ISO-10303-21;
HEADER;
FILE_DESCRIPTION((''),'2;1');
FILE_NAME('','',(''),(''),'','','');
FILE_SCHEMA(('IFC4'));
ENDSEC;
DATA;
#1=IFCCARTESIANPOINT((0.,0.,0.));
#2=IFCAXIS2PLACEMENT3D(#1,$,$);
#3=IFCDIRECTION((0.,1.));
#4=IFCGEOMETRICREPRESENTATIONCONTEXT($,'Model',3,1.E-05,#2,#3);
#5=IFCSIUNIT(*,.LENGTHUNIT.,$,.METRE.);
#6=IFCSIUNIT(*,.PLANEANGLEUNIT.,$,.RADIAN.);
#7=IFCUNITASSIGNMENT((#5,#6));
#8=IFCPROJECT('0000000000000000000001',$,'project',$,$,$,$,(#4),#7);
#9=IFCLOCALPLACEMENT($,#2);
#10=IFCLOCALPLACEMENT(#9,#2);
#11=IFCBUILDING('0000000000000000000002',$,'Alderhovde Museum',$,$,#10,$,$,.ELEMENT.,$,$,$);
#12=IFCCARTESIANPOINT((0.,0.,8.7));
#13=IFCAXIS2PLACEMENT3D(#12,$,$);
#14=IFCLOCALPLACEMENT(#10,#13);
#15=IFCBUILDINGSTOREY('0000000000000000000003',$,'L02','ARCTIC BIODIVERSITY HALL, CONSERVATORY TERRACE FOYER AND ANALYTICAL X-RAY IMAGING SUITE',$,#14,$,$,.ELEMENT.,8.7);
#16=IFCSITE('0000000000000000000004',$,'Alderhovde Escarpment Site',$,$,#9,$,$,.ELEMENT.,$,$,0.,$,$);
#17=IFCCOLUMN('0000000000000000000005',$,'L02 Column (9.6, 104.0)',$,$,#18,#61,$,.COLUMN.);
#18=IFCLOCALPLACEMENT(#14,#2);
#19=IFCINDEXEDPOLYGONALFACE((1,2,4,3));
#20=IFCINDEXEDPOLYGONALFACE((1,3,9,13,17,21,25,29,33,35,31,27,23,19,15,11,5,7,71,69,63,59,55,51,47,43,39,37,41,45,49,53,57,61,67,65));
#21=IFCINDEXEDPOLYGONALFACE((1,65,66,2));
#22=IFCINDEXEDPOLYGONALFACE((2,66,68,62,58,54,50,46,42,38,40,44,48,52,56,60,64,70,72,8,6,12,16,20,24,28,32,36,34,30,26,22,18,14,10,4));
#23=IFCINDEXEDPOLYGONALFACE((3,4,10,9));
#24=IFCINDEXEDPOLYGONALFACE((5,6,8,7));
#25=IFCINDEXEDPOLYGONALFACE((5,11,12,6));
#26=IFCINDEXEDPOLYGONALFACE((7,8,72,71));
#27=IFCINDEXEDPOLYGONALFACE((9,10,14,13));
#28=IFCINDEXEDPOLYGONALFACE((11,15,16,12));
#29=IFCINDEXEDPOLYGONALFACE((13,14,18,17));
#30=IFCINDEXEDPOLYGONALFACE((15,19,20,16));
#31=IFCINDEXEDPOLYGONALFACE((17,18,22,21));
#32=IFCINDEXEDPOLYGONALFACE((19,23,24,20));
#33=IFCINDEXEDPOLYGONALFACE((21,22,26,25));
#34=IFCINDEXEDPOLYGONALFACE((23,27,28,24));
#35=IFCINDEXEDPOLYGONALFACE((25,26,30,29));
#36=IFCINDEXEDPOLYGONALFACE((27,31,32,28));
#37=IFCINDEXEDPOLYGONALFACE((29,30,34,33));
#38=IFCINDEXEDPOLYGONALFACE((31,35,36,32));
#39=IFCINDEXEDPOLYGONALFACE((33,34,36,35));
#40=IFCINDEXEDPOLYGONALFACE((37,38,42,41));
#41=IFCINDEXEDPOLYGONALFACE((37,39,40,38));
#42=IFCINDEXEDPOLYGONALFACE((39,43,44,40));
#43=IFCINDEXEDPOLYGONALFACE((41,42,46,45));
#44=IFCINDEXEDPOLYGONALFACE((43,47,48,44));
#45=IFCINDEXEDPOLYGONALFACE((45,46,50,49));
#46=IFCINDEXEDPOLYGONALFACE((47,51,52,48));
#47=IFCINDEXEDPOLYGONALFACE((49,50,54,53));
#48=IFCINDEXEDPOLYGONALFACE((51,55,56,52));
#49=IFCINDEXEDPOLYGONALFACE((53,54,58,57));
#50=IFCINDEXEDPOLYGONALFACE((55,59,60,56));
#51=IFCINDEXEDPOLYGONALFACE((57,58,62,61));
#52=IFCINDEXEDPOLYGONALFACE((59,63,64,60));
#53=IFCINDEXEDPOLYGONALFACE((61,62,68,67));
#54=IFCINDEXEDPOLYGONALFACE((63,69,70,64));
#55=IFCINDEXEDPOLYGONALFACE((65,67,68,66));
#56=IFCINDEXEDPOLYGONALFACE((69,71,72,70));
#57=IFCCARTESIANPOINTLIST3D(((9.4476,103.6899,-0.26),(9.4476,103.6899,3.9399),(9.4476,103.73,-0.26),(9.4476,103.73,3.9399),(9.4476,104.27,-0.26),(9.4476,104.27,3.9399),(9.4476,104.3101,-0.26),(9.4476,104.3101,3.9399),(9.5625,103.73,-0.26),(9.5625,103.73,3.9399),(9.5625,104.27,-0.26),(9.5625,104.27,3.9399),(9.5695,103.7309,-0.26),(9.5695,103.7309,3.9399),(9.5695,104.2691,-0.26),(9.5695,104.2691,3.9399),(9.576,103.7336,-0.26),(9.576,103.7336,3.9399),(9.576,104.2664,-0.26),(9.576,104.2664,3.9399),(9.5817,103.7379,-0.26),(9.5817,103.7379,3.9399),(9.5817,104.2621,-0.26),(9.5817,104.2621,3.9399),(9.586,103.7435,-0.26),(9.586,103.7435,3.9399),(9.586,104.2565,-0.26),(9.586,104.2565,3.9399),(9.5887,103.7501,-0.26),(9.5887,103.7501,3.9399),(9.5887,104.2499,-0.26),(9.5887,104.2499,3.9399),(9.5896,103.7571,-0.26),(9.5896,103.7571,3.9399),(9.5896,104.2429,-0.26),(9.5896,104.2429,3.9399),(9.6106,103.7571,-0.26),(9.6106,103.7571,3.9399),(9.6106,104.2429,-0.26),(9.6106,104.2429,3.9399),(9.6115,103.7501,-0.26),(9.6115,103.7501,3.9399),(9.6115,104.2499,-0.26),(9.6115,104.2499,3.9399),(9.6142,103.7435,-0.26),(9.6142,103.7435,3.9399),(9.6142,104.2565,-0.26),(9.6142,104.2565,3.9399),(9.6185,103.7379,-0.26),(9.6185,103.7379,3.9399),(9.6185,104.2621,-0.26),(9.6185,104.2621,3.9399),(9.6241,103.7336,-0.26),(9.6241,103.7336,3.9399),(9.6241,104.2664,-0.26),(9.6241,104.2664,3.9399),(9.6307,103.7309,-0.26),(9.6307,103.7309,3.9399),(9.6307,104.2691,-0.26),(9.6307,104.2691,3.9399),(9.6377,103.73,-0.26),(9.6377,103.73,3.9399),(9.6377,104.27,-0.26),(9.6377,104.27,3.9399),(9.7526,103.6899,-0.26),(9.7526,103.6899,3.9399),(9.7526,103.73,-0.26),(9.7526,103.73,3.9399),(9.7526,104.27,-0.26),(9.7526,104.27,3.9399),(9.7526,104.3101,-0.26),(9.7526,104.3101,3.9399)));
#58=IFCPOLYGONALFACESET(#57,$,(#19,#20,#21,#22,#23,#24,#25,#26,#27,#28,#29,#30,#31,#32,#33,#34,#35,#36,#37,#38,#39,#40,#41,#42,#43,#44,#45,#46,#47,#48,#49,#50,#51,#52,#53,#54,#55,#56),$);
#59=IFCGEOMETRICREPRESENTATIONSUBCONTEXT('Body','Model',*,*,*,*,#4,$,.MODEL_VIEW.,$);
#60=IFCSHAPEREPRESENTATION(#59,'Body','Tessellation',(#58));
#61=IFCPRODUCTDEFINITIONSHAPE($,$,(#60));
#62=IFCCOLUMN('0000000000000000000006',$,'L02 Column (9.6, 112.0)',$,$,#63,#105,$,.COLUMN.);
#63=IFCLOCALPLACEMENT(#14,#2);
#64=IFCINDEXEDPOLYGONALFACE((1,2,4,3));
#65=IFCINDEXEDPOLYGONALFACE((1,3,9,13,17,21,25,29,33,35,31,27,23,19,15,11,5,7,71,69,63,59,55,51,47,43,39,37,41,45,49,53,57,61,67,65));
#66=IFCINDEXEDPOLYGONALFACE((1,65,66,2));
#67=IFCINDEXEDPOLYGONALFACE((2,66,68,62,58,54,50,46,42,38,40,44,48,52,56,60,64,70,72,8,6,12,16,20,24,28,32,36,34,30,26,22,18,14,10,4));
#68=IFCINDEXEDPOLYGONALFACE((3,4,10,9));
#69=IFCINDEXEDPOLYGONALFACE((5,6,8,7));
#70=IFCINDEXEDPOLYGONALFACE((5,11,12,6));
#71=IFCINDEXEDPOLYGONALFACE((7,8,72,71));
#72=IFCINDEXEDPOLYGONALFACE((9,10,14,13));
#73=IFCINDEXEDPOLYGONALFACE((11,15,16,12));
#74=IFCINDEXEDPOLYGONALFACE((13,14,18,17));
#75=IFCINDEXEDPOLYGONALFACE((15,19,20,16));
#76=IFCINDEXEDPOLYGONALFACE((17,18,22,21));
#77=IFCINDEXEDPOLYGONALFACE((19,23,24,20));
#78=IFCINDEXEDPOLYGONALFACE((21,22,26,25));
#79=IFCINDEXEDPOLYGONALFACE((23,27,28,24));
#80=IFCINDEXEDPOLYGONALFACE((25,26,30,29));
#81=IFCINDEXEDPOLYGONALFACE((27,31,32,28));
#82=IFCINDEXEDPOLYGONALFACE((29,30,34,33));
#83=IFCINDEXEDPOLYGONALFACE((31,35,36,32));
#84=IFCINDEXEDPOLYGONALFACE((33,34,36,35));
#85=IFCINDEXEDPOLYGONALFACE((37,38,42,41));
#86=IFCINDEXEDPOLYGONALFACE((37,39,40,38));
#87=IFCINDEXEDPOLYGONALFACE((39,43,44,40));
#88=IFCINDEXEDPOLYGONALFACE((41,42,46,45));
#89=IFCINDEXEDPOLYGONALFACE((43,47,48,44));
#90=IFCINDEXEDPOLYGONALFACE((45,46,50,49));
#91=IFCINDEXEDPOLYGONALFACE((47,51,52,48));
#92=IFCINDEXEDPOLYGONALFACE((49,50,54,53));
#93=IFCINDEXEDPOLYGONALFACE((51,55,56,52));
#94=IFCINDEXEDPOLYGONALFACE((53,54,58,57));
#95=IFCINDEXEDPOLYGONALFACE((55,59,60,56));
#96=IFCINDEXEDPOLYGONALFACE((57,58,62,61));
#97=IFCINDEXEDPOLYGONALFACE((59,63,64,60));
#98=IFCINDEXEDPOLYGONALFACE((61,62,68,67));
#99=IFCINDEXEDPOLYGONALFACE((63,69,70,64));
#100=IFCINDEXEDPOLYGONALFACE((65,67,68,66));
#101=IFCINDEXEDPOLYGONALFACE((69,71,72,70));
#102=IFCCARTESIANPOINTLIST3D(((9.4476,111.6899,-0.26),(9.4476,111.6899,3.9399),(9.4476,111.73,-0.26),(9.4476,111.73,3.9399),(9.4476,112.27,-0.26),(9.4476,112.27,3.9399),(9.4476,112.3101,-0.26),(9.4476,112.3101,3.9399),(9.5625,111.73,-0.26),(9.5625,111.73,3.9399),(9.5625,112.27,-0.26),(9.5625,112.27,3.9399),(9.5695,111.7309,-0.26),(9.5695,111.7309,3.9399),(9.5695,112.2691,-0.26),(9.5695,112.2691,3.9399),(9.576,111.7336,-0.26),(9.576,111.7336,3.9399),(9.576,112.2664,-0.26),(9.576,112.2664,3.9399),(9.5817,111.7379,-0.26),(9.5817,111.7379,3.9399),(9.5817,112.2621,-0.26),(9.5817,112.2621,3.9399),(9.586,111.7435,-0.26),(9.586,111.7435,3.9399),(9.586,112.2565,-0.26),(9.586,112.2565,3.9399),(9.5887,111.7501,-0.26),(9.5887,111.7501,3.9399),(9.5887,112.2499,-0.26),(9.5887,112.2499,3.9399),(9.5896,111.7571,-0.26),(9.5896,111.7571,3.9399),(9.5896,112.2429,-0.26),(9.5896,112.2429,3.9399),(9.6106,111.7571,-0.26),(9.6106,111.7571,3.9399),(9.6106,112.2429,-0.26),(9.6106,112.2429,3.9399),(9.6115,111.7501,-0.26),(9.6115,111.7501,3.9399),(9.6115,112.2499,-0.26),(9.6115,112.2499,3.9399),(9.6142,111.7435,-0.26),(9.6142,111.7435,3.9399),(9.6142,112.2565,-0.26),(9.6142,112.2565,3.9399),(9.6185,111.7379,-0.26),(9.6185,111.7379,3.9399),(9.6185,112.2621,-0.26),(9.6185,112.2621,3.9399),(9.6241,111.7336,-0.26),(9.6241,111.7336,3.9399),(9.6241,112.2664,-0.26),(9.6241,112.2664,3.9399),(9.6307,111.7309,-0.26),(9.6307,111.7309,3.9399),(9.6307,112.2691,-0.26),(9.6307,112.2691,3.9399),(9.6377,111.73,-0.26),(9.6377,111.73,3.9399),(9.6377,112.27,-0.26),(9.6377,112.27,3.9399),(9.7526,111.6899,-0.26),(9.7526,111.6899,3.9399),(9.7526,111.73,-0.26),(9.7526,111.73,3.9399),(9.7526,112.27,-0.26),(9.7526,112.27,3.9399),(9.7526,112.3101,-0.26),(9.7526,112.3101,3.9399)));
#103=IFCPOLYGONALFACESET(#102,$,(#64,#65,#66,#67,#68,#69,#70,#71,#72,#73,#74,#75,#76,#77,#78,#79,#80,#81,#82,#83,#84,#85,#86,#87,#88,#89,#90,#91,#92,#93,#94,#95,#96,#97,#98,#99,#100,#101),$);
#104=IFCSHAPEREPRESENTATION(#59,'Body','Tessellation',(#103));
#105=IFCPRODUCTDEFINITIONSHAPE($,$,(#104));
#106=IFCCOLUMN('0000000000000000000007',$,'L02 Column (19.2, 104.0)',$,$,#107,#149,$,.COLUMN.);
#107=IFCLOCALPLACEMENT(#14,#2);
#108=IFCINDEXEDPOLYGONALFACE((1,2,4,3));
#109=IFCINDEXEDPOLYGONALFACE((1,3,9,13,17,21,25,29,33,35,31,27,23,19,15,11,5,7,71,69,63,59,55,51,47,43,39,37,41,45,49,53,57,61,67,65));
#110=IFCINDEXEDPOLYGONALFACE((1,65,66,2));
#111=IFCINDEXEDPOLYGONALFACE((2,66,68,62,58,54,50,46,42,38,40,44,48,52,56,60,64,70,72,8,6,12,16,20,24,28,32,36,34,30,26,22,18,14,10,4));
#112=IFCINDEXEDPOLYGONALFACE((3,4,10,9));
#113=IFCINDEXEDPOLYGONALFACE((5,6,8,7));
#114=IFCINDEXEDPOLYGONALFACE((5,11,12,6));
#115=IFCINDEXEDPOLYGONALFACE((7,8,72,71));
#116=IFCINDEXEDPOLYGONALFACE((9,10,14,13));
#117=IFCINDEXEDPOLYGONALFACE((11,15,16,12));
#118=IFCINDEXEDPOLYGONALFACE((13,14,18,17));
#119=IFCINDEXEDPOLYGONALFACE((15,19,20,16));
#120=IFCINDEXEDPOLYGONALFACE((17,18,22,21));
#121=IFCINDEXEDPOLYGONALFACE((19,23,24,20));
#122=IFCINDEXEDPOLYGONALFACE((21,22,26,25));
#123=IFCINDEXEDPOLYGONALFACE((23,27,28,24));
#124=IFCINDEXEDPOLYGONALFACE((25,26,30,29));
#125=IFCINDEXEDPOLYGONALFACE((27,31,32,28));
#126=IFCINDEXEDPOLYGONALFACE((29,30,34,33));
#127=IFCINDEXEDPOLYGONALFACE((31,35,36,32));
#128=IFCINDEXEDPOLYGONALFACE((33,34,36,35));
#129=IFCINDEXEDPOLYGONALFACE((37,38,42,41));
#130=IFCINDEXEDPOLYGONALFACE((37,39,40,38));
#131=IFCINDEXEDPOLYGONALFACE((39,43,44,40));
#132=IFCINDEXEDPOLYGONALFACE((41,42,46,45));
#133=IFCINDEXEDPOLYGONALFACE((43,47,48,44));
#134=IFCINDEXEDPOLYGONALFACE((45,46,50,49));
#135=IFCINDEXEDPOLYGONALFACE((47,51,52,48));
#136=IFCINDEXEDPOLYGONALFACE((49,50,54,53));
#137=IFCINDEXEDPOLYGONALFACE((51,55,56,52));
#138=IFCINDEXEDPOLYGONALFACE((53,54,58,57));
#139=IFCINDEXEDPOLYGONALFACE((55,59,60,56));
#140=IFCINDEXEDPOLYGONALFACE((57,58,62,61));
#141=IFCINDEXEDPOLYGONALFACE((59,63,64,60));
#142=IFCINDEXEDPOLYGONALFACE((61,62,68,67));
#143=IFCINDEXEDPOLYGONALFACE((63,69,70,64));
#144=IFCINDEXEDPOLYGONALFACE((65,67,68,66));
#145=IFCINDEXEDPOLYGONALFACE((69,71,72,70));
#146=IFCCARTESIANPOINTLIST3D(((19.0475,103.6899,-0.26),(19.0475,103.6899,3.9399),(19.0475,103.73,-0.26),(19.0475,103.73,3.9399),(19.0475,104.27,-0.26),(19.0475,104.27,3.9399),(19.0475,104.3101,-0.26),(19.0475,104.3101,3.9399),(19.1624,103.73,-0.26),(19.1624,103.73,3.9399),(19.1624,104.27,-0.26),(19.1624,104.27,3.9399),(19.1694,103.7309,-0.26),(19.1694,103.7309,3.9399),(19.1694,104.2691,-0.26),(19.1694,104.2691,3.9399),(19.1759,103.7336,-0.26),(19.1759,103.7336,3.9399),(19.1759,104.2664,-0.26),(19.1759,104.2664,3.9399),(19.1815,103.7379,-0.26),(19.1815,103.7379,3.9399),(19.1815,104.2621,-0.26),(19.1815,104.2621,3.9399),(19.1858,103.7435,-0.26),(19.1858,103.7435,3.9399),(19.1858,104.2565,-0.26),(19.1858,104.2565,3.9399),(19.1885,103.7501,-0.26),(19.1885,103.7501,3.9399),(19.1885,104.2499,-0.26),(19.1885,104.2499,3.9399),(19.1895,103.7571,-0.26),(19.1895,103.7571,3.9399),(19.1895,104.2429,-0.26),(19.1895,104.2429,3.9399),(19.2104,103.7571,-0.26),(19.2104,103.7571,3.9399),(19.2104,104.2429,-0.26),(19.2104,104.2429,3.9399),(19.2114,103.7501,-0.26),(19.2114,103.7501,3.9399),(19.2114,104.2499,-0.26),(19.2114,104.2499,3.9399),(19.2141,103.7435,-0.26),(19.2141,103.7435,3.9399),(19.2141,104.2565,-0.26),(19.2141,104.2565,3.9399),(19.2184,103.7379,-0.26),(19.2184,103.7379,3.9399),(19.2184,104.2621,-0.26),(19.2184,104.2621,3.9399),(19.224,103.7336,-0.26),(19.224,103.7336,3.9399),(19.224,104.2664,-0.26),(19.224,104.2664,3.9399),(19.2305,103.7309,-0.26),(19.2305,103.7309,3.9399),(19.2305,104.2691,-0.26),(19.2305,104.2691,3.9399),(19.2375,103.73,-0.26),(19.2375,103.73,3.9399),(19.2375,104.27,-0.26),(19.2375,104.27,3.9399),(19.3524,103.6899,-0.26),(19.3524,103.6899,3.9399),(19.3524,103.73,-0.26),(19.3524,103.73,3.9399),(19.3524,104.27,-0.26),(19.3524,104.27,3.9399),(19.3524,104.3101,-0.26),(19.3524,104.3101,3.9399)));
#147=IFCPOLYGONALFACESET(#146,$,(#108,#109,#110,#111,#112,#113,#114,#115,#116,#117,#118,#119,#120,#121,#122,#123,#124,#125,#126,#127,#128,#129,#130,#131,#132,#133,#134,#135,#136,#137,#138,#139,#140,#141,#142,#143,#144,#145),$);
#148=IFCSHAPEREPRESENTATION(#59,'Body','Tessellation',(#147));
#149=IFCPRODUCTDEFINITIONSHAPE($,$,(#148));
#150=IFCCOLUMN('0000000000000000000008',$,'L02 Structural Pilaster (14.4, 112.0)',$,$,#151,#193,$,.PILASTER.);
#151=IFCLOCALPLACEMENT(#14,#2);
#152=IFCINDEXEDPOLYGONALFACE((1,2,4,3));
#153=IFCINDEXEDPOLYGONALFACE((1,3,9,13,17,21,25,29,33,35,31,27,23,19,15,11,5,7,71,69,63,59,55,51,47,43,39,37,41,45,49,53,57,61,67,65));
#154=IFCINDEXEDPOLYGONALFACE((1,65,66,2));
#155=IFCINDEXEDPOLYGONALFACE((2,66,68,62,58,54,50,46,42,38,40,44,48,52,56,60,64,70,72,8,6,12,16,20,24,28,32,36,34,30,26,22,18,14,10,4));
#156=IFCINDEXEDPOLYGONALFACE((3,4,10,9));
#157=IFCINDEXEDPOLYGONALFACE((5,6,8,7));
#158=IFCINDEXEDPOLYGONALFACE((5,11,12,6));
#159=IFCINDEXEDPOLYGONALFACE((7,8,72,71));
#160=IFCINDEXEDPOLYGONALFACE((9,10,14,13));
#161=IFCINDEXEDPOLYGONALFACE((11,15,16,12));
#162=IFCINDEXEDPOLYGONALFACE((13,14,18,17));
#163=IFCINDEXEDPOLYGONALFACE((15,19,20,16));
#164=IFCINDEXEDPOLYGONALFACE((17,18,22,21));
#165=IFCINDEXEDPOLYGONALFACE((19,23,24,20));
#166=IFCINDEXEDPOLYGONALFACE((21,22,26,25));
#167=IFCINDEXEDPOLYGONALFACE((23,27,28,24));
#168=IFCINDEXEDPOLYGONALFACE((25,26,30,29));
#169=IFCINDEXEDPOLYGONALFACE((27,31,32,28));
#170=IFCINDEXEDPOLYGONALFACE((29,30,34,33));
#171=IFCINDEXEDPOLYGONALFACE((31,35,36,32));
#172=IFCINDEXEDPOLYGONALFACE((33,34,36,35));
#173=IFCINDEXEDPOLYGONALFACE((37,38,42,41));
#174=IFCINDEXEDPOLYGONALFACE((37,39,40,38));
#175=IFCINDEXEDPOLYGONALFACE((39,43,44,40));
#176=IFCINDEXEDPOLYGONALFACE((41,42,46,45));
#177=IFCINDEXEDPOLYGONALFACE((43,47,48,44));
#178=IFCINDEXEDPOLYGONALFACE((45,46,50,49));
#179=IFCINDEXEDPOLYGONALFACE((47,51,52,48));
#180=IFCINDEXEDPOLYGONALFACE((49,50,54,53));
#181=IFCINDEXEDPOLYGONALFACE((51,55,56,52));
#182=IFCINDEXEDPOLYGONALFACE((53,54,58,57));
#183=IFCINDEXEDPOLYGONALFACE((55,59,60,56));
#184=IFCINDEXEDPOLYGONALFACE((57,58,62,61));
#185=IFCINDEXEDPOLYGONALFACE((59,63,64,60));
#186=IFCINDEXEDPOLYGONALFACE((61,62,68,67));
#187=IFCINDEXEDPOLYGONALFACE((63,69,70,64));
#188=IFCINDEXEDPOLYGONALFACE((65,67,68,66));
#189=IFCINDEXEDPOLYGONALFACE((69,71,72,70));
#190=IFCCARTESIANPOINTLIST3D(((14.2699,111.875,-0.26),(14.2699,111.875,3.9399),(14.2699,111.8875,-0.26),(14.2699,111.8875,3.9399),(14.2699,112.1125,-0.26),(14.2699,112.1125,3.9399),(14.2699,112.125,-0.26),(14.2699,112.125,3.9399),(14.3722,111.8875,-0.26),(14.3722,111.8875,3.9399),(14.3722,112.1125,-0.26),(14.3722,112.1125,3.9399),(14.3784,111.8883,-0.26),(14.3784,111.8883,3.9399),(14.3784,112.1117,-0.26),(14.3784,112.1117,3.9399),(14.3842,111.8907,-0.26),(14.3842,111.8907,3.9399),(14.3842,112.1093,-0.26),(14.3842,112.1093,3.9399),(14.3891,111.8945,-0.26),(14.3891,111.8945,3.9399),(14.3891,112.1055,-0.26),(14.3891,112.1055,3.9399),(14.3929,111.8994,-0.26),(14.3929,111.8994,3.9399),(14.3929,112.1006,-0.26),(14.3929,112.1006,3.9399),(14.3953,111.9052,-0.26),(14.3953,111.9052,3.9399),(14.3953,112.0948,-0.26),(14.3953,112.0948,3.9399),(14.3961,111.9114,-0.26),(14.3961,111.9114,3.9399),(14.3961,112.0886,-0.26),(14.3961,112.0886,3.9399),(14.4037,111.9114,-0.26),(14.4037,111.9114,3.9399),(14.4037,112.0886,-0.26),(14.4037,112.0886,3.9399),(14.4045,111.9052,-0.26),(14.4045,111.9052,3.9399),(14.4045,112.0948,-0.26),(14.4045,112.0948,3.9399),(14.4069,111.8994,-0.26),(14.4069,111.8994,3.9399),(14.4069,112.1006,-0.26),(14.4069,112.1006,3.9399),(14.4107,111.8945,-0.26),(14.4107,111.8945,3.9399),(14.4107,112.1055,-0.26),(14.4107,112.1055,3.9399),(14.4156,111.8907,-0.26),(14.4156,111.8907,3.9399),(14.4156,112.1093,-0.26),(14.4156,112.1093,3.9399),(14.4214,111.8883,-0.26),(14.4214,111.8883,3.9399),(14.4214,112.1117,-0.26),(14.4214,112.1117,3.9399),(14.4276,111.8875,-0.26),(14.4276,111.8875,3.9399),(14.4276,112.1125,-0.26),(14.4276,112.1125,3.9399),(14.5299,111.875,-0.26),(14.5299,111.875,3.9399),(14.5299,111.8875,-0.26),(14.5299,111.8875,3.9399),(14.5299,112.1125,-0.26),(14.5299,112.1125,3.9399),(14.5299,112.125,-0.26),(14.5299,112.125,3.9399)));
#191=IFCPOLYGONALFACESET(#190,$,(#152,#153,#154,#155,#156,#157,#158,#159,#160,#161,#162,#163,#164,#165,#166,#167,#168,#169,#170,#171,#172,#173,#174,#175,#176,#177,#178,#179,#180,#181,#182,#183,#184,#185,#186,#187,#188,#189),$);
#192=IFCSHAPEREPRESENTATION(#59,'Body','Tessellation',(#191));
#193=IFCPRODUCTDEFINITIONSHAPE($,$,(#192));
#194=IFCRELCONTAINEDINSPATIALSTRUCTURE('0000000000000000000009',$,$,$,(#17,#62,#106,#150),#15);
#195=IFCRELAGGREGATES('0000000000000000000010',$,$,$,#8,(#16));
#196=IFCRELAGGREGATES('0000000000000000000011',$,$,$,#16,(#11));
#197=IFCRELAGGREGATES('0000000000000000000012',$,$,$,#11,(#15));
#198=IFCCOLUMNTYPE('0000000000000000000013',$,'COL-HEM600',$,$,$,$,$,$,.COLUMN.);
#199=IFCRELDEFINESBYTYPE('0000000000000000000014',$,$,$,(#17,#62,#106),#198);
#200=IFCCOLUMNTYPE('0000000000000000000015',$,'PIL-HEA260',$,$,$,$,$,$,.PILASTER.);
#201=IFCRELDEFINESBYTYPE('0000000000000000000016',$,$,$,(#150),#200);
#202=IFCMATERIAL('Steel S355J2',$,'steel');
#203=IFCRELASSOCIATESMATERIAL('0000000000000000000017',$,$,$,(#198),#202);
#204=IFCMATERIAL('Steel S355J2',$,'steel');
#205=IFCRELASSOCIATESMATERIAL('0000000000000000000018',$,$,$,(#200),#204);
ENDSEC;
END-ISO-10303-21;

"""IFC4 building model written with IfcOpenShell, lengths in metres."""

from ifc_helpers import new_model, si_unit, direction, frame, origin, origin_2d, place, context, subcontext, project, spatial, i_section, extrude, material, material_profile, profile_set, type_object, element, save


model = new_model("IFC4")

# Units and contexts
model_context = context("Model", 3, precision=1e-05, world=origin(), true_north=direction((0.0, 1.0)))
body_context = subcontext(model_context, "Body", "Model", "MODEL_VIEW")
ifc_project = project(units=[si_unit("LENGTHUNIT", "METRE"), si_unit("PLANEANGLEUNIT", "RADIAN")], contexts=[model_context])

# Site, building, storey
site_placement = place(None, origin())
site = spatial("IfcSite", under=ifc_project, at=site_placement, Name="Alderhovde Escarpment Site", CompositionType="ELEMENT", RefElevation=0.0)
building_placement = place(site_placement, origin())
building = spatial("IfcBuilding", under=site, at=building_placement, Name="Alderhovde Museum", CompositionType="ELEMENT")
storey_placement = place(building_placement, frame((0.0, 0.0, 8.7)))
storey = spatial("IfcBuildingStorey", under=building, at=storey_placement, Name="L02", Description="ARCTIC BIODIVERSITY HALL, CONSERVATORY TERRACE FOYER AND ANALYTICAL X-RAY IMAGING SUITE", CompositionType="ELEMENT", Elevation=8.7)

# Columns
ifc_material_1 = material(Name="Steel S355J2", Category="steel")
ifc_material_profile_1 = material_profile(ifc_material_1, i_section(OverallWidth=0.3049, OverallDepth=0.6201, WebThickness=0.021, FlangeThickness=0.04, FilletRadius=0.0271, at=origin_2d()), Name="HEM 600")
ifc_profile_set_1 = profile_set([ifc_material_profile_1], Name="Steel S355J2")
column_type_1 = type_object("IfcColumnType", Name="COL-HEM600", PredefinedType="COLUMN", material=ifc_profile_set_1)
for number, where, z_axis, x_axis, name in (
    (1, (9.6001, 104.0, -0.26), (0.0, 0.0, 1.0), (1.0, 0.0, 0.0), "L02 Column (9.6, 104.0)"),
    (2, (9.6001, 112.0, -0.26), (0.0, 0.0, 1.0), (1.0, 0.0, 0.0), "L02 Column (9.6, 112.0)"),
    (3, (19.2, 104.0, -0.26), (0.0, 0.0, 1.0), (1.0, 0.0, 0.0), "L02 Column (19.2, 104.0)"),
):
    element("IfcColumn", number, at=place(storey_placement, frame(where, z_axis=z_axis, x_axis=x_axis)), inside=storey, type_object=column_type_1, Name=name, PredefinedType="COLUMN", context=body_context, shape_type="SweptSolid", body=[
        extrude(i_section(OverallWidth=0.3049, OverallDepth=0.6201, WebThickness=0.021, FlangeThickness=0.04, FilletRadius=0.0271, at=origin_2d()), origin(), (0.0, 0.0, 1.0), 4.2),
    ])
ifc_material_2 = material(Name="Steel S355J2", Category="steel")
ifc_material_profile_2 = material_profile(ifc_material_2, i_section(OverallWidth=0.26, OverallDepth=0.25, WebThickness=0.0076, FlangeThickness=0.0125, FilletRadius=0.0239, at=origin_2d()), Name="HEA 260")
ifc_profile_set_2 = profile_set([ifc_material_profile_2], Name="Steel S355J2")
column_type_2 = type_object("IfcColumnType", Name="PIL-HEA260", PredefinedType="PILASTER", material=ifc_profile_set_2)
column_placement = place(storey_placement, frame((14.3999, 112.0, -0.26), z_axis=(0.0, 0.0, 1.0), x_axis=(1.0, 0.0, 0.0)))
element("IfcColumn", 4, at=column_placement, inside=storey, type_object=column_type_2, Name="L02 Structural Pilaster (14.4, 112.0)", PredefinedType="PILASTER", context=body_context, shape_type="SweptSolid", body=[
    extrude(i_section(OverallWidth=0.26, OverallDepth=0.25, WebThickness=0.0076, FlangeThickness=0.0125, FilletRadius=0.0239, at=origin_2d()), origin(), (0.0, 0.0, 1.0), 4.2),
])

save(model, "model.ifc")
